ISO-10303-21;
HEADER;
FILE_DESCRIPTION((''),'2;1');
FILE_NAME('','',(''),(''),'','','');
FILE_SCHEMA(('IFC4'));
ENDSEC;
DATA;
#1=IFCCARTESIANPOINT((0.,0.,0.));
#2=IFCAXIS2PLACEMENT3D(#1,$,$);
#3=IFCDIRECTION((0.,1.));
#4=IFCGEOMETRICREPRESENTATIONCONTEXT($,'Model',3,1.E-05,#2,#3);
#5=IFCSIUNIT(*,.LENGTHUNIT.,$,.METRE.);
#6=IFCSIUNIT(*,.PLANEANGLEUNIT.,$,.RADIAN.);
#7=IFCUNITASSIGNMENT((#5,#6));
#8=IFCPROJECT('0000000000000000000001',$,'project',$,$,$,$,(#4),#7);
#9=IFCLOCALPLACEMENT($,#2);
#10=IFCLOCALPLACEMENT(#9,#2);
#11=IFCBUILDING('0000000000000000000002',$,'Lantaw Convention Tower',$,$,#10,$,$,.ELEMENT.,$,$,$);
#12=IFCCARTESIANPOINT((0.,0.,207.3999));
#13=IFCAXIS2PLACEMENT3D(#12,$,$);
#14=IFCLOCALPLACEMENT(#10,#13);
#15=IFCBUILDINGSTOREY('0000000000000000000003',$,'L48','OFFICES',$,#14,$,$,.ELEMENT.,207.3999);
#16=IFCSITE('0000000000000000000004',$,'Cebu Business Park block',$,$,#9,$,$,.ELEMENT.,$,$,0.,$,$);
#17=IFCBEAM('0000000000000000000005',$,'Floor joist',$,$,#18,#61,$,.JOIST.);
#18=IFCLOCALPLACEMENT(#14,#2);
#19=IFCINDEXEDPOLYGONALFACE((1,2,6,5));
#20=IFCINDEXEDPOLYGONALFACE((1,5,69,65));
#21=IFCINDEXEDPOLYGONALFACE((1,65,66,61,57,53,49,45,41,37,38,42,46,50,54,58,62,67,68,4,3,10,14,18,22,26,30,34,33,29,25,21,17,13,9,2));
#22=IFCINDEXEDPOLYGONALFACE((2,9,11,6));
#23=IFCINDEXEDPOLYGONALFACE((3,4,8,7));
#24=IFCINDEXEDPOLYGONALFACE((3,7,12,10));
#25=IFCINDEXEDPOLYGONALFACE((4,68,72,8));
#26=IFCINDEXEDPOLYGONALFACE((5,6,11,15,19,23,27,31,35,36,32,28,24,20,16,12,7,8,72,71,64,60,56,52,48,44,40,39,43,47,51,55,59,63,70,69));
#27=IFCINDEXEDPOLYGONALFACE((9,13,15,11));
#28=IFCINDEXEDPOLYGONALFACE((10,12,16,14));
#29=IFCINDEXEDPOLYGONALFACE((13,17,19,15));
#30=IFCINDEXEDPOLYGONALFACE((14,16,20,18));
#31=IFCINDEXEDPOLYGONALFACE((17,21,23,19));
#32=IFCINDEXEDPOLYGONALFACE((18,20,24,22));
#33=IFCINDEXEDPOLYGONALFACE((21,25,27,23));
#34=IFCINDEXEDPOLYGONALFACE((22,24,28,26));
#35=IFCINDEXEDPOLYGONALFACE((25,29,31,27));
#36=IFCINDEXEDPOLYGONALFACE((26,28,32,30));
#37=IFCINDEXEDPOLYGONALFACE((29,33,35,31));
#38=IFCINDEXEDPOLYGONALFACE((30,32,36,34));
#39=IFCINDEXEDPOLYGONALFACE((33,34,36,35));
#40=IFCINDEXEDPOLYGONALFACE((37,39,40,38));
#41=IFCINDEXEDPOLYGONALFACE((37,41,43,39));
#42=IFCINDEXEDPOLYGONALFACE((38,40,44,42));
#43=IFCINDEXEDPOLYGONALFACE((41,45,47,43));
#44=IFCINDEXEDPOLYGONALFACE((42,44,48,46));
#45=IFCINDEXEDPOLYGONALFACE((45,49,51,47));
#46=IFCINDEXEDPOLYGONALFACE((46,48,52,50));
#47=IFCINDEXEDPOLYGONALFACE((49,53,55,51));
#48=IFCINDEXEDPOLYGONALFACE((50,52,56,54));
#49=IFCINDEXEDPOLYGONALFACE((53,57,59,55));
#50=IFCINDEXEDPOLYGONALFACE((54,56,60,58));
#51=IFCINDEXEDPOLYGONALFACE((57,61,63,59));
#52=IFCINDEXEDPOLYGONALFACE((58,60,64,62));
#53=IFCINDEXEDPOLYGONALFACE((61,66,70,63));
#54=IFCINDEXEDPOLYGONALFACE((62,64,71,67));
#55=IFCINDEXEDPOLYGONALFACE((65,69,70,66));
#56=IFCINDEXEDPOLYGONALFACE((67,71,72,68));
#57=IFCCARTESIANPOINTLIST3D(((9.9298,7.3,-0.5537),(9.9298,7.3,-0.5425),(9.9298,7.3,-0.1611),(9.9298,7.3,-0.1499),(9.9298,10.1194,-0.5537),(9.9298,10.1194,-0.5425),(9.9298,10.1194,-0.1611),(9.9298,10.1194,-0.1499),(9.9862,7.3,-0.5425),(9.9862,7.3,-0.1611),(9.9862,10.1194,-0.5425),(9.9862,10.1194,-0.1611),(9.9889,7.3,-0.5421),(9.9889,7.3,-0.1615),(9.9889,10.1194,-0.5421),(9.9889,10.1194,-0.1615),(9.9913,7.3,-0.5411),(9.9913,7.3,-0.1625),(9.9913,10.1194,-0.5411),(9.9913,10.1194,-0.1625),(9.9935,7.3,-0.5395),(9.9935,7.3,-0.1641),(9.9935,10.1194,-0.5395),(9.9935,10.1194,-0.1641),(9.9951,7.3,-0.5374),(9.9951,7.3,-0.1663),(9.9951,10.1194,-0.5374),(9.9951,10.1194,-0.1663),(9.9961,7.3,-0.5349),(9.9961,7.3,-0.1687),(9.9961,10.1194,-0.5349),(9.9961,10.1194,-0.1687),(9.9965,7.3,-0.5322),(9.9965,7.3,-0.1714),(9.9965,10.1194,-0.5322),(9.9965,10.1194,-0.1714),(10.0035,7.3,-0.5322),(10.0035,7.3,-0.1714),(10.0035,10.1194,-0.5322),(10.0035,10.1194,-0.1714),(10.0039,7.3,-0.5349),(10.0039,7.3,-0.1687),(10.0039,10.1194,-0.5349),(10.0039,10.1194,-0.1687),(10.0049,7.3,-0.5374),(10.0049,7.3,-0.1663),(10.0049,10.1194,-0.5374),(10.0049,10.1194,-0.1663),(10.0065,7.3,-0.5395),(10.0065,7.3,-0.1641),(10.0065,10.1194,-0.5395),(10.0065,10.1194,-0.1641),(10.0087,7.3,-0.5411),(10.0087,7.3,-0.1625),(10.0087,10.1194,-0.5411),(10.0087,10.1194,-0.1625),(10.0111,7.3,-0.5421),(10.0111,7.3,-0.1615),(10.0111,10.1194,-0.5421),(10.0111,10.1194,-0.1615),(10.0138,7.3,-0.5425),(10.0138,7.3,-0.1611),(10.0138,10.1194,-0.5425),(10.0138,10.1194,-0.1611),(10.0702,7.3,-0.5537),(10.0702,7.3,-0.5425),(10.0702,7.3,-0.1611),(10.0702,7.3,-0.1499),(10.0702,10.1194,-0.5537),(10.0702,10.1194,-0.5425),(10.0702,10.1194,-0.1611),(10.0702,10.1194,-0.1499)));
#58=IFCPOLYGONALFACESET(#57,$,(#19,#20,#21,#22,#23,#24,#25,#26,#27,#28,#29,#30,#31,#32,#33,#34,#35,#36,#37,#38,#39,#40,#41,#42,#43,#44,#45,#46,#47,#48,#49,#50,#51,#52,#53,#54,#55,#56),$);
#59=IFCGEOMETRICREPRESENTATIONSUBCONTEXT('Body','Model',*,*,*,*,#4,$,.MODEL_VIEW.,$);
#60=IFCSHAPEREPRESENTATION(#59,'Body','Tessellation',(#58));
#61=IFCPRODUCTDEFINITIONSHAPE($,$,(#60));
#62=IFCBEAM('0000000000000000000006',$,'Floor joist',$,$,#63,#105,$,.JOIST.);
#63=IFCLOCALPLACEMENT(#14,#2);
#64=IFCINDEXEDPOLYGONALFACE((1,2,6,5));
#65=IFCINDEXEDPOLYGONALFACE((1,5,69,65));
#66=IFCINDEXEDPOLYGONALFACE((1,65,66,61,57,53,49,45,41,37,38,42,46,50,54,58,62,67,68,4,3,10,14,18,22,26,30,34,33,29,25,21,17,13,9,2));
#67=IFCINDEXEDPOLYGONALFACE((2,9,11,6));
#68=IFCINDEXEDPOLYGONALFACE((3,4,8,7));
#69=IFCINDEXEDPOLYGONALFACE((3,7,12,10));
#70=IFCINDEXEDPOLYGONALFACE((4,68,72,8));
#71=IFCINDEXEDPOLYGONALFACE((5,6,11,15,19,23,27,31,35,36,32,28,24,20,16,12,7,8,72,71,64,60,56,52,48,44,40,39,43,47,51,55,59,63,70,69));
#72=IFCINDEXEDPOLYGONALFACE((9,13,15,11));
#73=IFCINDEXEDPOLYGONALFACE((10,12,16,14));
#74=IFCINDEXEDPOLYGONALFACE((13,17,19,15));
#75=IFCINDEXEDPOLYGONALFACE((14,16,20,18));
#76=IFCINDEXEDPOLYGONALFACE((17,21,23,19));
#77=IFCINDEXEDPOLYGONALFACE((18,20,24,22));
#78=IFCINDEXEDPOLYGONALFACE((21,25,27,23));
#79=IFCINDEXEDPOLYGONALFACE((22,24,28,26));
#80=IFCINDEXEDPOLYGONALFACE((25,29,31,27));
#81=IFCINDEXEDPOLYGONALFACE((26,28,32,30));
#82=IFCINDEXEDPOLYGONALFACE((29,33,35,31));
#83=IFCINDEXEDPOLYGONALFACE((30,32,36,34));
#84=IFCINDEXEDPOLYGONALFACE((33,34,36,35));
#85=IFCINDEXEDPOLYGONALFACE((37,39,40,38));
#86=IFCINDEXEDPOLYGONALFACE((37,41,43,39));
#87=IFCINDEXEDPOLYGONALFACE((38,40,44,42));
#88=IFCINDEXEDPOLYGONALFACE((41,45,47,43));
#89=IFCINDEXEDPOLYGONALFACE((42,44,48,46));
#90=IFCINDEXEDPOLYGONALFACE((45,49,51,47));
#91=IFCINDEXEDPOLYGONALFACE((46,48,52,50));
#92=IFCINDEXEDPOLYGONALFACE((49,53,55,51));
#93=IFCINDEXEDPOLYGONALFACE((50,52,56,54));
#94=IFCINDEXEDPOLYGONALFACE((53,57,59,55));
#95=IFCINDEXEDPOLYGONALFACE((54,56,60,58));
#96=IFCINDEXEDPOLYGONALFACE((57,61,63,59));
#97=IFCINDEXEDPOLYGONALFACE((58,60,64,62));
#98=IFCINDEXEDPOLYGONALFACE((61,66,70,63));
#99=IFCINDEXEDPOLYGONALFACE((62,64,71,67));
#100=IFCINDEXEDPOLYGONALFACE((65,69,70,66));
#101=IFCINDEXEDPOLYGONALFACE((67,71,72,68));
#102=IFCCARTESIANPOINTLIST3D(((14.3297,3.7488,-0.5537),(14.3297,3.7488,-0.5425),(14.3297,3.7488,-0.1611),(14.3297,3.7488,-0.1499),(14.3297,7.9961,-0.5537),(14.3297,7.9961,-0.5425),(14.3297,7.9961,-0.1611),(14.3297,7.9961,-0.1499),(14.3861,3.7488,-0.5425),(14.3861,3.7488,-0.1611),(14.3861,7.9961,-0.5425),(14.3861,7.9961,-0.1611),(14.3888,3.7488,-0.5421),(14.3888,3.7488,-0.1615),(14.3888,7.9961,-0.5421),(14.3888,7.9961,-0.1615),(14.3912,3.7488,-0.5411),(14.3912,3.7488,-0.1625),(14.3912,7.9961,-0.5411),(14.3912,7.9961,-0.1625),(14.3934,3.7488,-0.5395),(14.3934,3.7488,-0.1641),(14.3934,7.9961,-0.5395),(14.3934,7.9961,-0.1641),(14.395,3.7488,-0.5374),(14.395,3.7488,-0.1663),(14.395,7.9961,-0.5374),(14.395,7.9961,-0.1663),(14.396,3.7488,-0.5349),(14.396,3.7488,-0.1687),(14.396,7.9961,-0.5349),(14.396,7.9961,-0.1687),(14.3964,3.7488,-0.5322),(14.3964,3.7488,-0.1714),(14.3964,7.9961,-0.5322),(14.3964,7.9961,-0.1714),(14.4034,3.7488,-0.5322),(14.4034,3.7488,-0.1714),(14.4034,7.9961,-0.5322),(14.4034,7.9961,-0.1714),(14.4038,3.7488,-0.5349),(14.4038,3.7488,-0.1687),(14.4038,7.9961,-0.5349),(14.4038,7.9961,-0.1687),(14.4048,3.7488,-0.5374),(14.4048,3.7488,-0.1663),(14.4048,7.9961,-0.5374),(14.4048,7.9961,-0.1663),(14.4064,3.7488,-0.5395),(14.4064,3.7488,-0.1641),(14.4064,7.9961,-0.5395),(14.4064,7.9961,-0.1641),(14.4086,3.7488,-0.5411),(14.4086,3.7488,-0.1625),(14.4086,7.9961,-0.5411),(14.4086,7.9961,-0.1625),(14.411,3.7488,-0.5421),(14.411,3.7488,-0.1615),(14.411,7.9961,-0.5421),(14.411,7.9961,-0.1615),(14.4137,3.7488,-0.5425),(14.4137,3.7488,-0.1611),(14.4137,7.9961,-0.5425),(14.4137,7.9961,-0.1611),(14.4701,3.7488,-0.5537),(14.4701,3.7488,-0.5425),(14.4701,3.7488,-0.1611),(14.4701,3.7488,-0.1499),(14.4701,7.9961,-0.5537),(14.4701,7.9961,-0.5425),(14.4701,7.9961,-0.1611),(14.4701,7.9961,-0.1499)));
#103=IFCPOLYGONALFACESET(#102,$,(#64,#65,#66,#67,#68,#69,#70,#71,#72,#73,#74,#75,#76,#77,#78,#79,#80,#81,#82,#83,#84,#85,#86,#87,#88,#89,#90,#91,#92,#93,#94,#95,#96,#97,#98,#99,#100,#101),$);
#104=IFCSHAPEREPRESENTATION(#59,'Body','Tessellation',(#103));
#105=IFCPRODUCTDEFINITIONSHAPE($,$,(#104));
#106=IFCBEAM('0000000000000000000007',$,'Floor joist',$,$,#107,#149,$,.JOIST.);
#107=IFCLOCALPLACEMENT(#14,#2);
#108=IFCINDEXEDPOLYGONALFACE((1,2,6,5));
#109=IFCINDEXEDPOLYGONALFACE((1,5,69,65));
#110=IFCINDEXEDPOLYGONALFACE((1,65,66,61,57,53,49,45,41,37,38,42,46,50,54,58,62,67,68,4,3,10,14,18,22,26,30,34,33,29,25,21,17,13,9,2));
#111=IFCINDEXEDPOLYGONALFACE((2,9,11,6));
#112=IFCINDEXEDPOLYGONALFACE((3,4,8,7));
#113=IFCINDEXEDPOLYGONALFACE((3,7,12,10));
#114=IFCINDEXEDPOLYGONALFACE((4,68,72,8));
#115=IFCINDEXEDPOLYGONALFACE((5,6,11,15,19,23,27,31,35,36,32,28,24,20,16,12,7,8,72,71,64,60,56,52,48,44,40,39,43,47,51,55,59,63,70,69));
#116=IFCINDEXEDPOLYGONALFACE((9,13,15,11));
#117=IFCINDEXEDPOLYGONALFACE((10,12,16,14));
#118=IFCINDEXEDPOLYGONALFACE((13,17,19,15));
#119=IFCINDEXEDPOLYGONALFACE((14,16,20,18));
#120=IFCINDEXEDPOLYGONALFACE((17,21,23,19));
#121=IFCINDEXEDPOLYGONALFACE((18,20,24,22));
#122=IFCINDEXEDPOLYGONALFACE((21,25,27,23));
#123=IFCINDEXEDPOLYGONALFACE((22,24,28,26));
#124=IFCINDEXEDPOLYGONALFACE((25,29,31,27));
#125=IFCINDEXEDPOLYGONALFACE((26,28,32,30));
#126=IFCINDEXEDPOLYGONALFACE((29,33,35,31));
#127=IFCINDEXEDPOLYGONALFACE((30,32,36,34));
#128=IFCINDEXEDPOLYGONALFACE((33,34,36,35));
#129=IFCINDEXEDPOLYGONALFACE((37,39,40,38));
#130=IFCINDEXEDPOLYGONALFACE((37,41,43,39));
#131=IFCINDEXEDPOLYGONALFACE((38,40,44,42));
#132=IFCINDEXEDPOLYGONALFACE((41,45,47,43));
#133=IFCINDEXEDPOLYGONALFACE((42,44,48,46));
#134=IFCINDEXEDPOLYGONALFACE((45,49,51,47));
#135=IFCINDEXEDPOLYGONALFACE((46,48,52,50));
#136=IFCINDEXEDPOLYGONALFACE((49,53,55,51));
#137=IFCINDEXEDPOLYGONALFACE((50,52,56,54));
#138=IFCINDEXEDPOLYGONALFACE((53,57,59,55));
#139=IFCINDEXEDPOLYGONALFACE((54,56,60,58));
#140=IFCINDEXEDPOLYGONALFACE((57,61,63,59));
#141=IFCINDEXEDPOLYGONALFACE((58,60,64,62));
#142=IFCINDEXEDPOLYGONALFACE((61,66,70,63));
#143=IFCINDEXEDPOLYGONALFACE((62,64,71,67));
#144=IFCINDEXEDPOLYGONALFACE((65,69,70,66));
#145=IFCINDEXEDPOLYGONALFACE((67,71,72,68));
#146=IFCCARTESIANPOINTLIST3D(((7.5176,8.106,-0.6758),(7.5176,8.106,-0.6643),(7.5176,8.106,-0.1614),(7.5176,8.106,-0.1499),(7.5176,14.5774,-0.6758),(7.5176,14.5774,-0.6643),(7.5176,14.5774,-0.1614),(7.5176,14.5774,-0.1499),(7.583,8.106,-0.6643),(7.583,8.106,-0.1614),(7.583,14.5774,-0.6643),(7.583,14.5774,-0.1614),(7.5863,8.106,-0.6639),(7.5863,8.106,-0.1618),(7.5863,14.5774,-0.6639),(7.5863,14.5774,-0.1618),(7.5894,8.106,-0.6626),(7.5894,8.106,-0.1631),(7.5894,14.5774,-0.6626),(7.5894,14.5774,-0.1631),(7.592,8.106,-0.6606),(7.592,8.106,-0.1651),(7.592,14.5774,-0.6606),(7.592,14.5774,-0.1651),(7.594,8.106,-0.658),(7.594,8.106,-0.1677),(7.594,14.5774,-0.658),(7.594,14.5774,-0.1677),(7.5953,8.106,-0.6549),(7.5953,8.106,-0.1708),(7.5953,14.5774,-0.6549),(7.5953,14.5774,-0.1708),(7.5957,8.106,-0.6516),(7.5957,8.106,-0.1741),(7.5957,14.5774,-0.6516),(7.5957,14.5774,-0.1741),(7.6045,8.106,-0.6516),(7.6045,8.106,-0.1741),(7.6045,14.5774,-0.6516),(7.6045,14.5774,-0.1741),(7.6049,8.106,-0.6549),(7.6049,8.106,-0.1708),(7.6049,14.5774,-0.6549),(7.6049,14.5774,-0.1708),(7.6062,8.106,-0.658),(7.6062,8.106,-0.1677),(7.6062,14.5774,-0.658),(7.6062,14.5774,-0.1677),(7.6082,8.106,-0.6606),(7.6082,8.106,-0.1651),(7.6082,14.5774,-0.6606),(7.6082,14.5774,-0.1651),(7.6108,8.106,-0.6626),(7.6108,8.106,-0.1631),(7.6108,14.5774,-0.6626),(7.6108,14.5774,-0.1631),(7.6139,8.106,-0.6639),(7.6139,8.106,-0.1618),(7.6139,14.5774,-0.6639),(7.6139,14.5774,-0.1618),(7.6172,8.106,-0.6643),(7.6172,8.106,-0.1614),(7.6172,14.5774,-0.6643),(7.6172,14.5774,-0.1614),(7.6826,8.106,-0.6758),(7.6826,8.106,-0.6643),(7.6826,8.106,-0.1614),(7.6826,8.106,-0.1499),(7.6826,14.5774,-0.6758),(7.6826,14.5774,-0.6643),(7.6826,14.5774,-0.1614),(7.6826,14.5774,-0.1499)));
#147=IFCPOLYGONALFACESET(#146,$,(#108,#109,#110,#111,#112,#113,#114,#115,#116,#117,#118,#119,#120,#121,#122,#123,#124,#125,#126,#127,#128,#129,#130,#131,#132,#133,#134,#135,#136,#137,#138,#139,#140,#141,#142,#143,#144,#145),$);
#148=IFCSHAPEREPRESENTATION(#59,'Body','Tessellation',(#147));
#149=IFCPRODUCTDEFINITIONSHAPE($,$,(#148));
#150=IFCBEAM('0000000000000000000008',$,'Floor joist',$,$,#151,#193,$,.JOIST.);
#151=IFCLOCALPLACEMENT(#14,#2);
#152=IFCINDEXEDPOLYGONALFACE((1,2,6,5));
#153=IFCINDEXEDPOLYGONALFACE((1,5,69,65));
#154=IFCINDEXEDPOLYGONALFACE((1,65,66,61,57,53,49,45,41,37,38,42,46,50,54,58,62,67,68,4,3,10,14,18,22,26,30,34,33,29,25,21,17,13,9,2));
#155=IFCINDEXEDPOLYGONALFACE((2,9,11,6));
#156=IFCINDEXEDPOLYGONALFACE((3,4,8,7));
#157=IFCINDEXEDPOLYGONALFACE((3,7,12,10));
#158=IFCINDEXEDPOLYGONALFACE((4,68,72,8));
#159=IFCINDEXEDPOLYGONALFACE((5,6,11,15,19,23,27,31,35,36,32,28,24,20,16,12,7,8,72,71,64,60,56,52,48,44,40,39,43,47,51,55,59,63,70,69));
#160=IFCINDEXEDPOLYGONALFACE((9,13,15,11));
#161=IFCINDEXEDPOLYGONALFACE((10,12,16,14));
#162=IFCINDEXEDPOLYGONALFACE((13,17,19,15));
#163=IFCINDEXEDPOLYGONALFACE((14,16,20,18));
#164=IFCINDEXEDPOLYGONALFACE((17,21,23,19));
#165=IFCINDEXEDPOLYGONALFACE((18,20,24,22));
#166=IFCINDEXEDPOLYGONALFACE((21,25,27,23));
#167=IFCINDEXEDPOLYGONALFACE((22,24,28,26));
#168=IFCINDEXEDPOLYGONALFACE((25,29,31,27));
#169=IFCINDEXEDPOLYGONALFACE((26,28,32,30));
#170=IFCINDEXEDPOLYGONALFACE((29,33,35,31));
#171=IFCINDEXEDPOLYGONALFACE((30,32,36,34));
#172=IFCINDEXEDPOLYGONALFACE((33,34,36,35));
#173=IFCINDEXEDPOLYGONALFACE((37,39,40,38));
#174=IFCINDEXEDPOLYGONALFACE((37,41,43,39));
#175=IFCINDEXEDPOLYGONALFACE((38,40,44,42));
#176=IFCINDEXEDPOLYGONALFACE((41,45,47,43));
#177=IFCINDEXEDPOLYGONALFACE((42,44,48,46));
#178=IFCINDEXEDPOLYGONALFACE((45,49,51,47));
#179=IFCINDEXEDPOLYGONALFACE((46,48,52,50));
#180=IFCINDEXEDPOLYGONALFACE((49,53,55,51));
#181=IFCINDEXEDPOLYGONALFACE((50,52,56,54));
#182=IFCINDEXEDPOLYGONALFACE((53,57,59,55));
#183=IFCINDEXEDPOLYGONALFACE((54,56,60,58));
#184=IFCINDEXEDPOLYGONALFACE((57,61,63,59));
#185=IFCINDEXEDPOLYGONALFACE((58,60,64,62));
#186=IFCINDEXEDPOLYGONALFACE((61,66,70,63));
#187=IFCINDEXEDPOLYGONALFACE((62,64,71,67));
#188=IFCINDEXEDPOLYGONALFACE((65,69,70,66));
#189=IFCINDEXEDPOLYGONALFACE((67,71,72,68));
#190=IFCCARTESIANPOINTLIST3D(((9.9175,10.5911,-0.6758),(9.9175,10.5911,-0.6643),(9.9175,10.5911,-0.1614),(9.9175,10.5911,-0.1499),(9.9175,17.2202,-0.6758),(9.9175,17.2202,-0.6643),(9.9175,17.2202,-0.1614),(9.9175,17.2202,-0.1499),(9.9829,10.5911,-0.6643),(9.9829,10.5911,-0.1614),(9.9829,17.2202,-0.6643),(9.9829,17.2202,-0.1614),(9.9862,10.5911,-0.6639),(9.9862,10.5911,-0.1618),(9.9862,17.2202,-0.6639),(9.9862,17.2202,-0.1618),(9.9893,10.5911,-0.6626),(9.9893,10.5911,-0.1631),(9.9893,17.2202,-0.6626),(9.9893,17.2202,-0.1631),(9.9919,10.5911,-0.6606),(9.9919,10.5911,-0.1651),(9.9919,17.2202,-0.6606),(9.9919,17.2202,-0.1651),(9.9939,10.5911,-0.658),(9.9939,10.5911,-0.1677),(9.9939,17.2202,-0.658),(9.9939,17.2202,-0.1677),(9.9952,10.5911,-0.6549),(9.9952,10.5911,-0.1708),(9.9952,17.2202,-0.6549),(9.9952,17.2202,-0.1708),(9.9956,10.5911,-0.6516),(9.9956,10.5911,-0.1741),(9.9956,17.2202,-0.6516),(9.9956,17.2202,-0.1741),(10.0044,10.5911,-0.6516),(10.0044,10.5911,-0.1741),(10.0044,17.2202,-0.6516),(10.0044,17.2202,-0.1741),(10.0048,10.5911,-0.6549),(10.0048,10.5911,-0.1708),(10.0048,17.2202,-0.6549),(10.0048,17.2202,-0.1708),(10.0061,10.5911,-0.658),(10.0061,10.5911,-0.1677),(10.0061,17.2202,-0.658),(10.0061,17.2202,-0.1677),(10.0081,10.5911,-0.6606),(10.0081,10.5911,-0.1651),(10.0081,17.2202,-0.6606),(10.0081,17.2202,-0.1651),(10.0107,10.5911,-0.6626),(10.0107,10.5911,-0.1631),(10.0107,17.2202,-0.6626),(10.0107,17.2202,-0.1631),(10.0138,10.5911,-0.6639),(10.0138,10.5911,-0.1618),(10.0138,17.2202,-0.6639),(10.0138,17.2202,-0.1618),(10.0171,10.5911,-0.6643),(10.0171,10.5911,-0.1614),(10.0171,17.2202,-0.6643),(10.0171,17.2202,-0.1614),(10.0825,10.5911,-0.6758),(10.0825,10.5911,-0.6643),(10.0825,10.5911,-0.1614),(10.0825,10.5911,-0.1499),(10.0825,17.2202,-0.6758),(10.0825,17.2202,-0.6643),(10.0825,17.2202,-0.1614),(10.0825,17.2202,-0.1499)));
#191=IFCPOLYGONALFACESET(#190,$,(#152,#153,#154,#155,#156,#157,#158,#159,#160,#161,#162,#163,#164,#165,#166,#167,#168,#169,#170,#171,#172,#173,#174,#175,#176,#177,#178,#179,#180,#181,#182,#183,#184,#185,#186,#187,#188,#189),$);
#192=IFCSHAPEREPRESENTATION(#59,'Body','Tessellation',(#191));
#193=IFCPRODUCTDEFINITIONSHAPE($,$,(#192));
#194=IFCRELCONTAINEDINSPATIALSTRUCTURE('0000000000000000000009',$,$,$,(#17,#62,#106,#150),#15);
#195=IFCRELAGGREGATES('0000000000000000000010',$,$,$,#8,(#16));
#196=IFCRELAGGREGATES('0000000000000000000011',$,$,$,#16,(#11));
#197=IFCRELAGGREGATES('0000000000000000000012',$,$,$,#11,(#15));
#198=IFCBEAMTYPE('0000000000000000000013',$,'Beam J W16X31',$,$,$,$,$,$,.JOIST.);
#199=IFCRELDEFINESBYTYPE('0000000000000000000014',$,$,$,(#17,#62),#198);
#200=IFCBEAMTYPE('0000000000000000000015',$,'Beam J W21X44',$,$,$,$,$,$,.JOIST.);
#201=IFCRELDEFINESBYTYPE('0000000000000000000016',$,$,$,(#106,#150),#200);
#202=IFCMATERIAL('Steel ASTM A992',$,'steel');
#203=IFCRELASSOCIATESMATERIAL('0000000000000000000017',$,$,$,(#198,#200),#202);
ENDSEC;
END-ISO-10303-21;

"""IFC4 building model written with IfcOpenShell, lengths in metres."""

from ifc_helpers import new_model, si_unit, direction, frame, origin, origin_2d, place, context, subcontext, project, spatial, i_section, extrude, material, material_profile, profile_set, type_object, element, save


model = new_model("IFC4")

# Units and contexts
model_context = context("Model", 3, precision=1e-05, world=origin(), true_north=direction((0.0, 1.0)))
body_context = subcontext(model_context, "Body", "Model", "MODEL_VIEW")
ifc_project = project(units=[si_unit("LENGTHUNIT", "METRE"), si_unit("PLANEANGLEUNIT", "RADIAN")], contexts=[model_context])

# Site, building, storey
site_placement = place(None, origin())
site = spatial("IfcSite", under=ifc_project, at=site_placement, Name="Cebu Business Park block", CompositionType="ELEMENT", RefElevation=0.0)
building_placement = place(site_placement, origin())
building = spatial("IfcBuilding", under=site, at=building_placement, Name="Lantaw Convention Tower", CompositionType="ELEMENT")
storey_placement = place(building_placement, frame((0.0, 0.0, 207.3999)))
storey = spatial("IfcBuildingStorey", under=building, at=storey_placement, Name="L48", Description="OFFICES", CompositionType="ELEMENT", Elevation=207.3999)

# Beams
ifc_material_1 = material(Name="Steel ASTM A992", Category="steel")
ifc_material_profile_1 = material_profile(ifc_material_1, i_section(OverallWidth=0.1404, OverallDepth=0.4038, WebThickness=0.0071, FlangeThickness=0.0112, FilletRadius=0.0103, at=origin_2d()), Name="W16X31")
ifc_profile_set_1 = profile_set([ifc_material_profile_1], Name="Steel ASTM A992")
beam_type_1 = type_object("IfcBeamType", Name="Beam J W16X31", PredefinedType="JOIST", material=ifc_profile_set_1)
beam_1_placement = place(storey_placement, frame((10.0, 7.3, -0.3518), z_axis=(0.0, 1.0, 0.0), x_axis=(-1.0, 0.0, 0.0)))
element("IfcBeam", 1, at=beam_1_placement, inside=storey, type_object=beam_type_1, Name="Floor joist", PredefinedType="JOIST", context=body_context, shape_type="SweptSolid", body=[
    extrude(i_section(OverallWidth=0.1404, OverallDepth=0.4038, WebThickness=0.0071, FlangeThickness=0.0112, FilletRadius=0.0103, at=origin_2d()), origin(), (0.0, 0.0, 1.0), 2.8193),
])
beam_2_placement = place(storey_placement, frame((14.3999, 3.7488, -0.3518), z_axis=(0.0, 1.0, 0.0), x_axis=(-1.0, 0.0, 0.0)))
element("IfcBeam", 2, at=beam_2_placement, inside=storey, type_object=beam_type_1, Name="Floor joist", PredefinedType="JOIST", context=body_context, shape_type="SweptSolid", body=[
    extrude(i_section(OverallWidth=0.1404, OverallDepth=0.4038, WebThickness=0.0071, FlangeThickness=0.0112, FilletRadius=0.0103, at=origin_2d()), origin(), (0.0, 0.0, 1.0), 4.2473),
])
ifc_material_profile_2 = material_profile(ifc_material_1, i_section(OverallWidth=0.165, OverallDepth=0.5259, WebThickness=0.0088, FlangeThickness=0.0115, FilletRadius=0.0127, at=origin_2d()), Name="W21X44")
ifc_profile_set_2 = profile_set([ifc_material_profile_2], Name="Steel ASTM A992")
beam_type_2 = type_object("IfcBeamType", Name="Beam J W21X44", PredefinedType="JOIST", material=ifc_profile_set_2)
beam_3_placement = place(storey_placement, frame((7.6001, 8.106, -0.4128), z_axis=(0.0, 1.0, 0.0), x_axis=(-1.0, 0.0, 0.0)))
element("IfcBeam", 3, at=beam_3_placement, inside=storey, type_object=beam_type_2, Name="Floor joist", PredefinedType="JOIST", context=body_context, shape_type="SweptSolid", body=[
    extrude(i_section(OverallWidth=0.165, OverallDepth=0.5259, WebThickness=0.0088, FlangeThickness=0.0115, FilletRadius=0.0127, at=origin_2d()), origin(), (0.0, 0.0, 1.0), 6.4714),
])
beam_4_placement = place(storey_placement, frame((10.0, 10.5911, -0.4128), z_axis=(0.0, 1.0, 0.0), x_axis=(-1.0, 0.0, 0.0)))
element("IfcBeam", 4, at=beam_4_placement, inside=storey, type_object=beam_type_2, Name="Floor joist", PredefinedType="JOIST", context=body_context, shape_type="SweptSolid", body=[
    extrude(i_section(OverallWidth=0.165, OverallDepth=0.5259, WebThickness=0.0088, FlangeThickness=0.0115, FilletRadius=0.0127, at=origin_2d()), origin(), (0.0, 0.0, 1.0), 6.6292),
])

save(model, "model.ifc")
